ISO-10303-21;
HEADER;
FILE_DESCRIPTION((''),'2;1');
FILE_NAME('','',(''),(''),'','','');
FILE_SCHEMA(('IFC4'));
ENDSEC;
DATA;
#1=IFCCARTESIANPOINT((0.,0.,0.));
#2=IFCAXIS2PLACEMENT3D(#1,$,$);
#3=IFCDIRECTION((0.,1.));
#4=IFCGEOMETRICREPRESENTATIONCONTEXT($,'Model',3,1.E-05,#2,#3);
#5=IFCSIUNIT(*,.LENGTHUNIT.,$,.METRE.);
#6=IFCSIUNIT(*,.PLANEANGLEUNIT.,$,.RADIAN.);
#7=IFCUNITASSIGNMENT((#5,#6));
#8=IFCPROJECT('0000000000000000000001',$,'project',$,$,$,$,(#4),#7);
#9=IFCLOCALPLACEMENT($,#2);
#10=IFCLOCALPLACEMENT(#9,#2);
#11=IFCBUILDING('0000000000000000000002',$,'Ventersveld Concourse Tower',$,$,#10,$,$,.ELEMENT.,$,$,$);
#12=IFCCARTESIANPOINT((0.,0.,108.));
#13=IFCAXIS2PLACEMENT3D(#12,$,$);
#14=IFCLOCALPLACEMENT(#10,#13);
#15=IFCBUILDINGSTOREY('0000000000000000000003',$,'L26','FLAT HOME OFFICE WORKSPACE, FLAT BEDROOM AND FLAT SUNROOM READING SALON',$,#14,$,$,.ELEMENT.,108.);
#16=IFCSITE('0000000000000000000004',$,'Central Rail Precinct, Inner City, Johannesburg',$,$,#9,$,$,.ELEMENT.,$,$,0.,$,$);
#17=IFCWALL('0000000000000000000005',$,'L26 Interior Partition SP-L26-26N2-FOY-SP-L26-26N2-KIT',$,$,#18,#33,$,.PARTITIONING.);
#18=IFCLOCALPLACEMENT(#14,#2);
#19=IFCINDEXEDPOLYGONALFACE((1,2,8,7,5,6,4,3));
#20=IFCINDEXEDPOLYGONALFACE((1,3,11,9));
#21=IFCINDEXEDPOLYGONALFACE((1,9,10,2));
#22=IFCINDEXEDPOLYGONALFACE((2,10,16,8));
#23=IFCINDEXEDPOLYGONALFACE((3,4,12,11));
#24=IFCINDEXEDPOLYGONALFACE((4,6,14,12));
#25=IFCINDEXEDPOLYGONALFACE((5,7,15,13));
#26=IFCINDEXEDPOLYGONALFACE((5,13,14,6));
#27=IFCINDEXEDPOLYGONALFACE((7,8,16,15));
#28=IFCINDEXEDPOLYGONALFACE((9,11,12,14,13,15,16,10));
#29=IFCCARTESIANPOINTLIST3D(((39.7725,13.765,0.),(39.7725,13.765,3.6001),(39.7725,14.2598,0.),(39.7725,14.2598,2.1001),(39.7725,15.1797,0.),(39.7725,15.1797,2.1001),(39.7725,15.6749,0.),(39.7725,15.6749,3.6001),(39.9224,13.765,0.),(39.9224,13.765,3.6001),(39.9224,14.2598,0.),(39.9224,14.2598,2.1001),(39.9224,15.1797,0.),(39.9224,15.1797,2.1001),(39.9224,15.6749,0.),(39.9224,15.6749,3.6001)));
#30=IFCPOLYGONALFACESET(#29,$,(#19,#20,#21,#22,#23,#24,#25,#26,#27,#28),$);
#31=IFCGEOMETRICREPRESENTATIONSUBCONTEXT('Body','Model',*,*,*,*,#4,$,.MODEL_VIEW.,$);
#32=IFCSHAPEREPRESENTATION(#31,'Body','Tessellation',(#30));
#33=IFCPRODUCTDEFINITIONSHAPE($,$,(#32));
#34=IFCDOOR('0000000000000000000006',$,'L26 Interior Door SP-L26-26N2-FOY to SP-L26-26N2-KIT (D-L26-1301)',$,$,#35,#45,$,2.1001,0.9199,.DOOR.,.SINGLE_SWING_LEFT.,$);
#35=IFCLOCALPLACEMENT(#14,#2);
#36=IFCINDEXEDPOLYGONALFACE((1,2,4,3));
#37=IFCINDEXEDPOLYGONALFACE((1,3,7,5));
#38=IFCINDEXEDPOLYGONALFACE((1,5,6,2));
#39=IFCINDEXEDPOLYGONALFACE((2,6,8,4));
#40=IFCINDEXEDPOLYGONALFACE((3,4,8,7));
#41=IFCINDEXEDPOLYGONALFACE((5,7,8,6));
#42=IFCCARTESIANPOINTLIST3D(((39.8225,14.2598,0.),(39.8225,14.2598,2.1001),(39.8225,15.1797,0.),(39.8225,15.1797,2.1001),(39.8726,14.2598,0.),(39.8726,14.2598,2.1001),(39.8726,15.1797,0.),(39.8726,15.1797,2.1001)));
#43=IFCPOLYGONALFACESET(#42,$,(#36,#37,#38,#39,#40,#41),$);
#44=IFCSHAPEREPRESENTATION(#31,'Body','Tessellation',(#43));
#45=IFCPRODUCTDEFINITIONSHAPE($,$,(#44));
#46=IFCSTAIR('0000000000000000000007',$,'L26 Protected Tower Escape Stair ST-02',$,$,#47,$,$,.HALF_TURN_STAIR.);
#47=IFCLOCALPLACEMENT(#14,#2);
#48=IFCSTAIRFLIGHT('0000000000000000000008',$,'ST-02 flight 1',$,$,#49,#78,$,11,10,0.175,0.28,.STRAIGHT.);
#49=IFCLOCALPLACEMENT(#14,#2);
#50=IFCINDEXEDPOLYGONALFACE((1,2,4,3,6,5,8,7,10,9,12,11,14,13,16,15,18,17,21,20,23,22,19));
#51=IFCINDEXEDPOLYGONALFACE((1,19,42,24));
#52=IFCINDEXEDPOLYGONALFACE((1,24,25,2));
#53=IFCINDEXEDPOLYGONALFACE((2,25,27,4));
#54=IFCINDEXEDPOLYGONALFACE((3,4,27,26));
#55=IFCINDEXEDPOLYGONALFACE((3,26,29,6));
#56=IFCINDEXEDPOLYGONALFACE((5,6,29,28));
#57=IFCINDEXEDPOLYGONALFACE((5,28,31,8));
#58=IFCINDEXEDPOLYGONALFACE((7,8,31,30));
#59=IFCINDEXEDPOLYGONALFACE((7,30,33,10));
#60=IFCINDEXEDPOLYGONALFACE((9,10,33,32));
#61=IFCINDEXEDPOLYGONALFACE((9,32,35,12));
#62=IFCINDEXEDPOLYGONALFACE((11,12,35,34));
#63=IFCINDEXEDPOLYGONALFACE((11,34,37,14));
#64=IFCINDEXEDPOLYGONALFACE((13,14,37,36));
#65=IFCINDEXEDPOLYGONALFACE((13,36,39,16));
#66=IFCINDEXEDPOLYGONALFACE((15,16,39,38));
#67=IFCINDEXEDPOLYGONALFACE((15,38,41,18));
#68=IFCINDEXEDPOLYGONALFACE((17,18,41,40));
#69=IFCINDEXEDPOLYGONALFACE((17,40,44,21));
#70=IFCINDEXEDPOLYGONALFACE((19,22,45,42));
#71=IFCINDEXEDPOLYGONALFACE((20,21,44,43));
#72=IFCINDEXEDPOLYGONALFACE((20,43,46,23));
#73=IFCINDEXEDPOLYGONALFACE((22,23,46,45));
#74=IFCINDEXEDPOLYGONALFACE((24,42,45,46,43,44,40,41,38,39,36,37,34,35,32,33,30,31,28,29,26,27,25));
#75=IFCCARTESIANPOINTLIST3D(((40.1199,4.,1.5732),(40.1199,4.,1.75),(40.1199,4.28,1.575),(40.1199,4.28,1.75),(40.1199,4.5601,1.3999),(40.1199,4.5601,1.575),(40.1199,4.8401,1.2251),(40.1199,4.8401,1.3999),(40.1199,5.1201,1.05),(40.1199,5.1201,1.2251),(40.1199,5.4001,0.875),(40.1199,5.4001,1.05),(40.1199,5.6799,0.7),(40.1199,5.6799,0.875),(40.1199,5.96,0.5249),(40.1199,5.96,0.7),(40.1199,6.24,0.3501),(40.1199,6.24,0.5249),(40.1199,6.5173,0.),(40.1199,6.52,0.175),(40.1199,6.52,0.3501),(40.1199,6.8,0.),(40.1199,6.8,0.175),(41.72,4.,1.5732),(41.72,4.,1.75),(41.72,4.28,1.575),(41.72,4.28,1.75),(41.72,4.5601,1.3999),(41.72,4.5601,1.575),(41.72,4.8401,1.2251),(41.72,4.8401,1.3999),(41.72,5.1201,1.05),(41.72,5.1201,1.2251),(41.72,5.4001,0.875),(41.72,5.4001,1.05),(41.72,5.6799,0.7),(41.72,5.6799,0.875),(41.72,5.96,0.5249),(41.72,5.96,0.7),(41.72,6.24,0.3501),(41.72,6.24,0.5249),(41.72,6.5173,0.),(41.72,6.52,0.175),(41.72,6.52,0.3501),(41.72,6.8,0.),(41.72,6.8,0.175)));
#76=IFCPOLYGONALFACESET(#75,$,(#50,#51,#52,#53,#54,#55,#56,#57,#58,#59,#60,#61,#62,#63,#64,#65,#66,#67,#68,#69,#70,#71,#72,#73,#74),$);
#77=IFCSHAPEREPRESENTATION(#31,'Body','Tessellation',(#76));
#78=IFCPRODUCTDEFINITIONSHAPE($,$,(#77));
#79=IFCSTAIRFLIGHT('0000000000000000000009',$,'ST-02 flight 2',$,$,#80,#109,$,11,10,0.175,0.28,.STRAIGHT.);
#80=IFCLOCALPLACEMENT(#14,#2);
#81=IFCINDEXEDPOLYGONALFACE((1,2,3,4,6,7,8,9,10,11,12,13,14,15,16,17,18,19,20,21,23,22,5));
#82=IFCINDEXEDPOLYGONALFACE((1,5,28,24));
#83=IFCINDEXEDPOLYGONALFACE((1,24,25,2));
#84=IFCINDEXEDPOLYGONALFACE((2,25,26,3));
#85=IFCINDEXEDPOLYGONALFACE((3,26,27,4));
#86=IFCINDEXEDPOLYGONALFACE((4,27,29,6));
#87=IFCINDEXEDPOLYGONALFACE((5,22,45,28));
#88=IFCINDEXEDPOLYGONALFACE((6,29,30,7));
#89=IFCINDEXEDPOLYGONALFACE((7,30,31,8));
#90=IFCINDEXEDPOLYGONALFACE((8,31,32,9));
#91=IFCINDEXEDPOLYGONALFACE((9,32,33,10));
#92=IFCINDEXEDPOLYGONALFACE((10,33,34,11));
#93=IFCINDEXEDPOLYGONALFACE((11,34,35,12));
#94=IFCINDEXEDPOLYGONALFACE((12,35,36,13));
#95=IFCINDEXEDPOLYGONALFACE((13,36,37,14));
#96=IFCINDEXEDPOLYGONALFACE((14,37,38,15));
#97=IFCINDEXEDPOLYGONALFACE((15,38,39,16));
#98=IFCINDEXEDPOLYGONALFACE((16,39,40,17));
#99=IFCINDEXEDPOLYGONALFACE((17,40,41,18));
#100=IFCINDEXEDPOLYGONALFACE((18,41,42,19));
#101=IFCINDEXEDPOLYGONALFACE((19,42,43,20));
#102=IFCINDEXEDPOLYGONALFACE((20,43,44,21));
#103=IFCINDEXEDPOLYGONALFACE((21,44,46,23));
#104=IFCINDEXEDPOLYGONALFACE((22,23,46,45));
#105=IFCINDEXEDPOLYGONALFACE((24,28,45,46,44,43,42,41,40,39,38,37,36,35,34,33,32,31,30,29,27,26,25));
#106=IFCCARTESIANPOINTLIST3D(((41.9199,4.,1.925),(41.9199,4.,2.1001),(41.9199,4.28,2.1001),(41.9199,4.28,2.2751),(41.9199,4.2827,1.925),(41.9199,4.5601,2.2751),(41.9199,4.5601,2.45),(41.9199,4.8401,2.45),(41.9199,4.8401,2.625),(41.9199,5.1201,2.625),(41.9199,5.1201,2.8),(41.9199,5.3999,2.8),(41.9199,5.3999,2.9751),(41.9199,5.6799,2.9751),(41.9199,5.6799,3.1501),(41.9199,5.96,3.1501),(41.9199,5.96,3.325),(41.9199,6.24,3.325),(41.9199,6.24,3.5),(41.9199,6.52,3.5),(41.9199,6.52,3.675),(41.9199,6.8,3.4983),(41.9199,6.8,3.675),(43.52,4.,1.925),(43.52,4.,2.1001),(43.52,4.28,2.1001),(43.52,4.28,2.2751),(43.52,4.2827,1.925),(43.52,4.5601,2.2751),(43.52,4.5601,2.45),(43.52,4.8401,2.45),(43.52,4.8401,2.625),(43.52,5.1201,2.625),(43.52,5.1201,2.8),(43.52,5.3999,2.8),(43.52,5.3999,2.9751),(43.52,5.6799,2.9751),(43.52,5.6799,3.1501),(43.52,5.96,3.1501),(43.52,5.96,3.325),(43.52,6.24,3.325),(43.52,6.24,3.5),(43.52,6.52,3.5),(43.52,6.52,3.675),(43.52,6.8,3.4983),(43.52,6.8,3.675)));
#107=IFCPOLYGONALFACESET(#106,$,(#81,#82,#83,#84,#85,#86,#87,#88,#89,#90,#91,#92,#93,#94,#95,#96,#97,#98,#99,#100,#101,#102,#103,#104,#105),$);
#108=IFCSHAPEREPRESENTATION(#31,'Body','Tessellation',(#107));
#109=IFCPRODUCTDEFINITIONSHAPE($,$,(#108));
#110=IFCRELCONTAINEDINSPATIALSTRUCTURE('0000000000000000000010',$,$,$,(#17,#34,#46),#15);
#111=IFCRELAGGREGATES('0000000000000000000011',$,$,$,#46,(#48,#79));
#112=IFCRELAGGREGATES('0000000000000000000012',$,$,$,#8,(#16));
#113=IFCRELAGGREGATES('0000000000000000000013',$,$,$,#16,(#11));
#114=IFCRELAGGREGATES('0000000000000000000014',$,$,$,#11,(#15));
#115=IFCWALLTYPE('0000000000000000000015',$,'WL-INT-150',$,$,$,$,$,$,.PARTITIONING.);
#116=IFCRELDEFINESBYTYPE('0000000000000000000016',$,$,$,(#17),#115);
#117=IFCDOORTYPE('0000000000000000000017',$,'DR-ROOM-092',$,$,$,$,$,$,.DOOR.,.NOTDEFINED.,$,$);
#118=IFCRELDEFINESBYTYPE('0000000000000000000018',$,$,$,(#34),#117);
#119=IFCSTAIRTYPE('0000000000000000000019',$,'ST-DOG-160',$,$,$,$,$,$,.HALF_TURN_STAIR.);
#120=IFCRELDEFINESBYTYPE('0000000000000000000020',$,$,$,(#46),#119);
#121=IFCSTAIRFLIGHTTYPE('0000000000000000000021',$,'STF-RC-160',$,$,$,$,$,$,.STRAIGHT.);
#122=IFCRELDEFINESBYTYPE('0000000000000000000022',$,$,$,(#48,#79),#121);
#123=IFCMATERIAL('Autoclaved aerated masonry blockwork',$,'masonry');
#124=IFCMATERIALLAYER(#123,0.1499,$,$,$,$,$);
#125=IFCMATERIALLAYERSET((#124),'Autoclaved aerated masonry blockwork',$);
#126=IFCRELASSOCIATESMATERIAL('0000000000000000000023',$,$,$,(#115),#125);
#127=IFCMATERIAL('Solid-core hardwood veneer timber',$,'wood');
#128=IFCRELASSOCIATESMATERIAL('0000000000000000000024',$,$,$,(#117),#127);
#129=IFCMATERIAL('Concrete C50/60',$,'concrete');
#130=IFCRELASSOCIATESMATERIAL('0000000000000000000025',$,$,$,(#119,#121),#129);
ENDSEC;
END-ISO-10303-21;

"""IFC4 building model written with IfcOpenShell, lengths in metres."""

from ifc_helpers import new_model, si_unit, direction, frame, frame_2d, origin, place, context, subcontext, project, spatial, polyline, rectangle, outline, extrude, material, layer, layer_set, type_object, element, fill, aggregate, save


model = new_model("IFC4")

# Units and contexts
model_context = context("Model", 3, precision=1e-05, world=origin(), true_north=direction((0.0, 1.0)))
body_context = subcontext(model_context, "Body", "Model", "MODEL_VIEW")
ifc_project = project(units=[si_unit("LENGTHUNIT", "METRE"), si_unit("PLANEANGLEUNIT", "RADIAN")], contexts=[model_context])

# Site, building, storey
site_placement = place(None, origin())
site = spatial("IfcSite", under=ifc_project, at=site_placement, Name="Central Rail Precinct, Inner City, Johannesburg", CompositionType="ELEMENT", RefElevation=0.0)
building_placement = place(site_placement, origin())
building = spatial("IfcBuilding", under=site, at=building_placement, Name="Ventersveld Concourse Tower", CompositionType="ELEMENT")
storey_placement = place(building_placement, frame((0.0, 0.0, 108.0)))
storey = spatial("IfcBuildingStorey", under=building, at=storey_placement, Name="L26", Description="FLAT HOME OFFICE WORKSPACE, FLAT BEDROOM AND FLAT SUNROOM READING SALON", CompositionType="ELEMENT", Elevation=108.0)

# Wall, opening, door
ifc_material_1 = material(Name="Autoclaved aerated masonry blockwork", Category="masonry")
ifc_layer_1 = layer(ifc_material_1, 0.1499)
ifc_layer_set_1 = layer_set([ifc_layer_1], Name="Autoclaved aerated masonry blockwork")
wall_type_1 = type_object("IfcWallType", Name="WL-INT-150", PredefinedType="PARTITIONING", material=ifc_layer_set_1)
wall_1_placement = place(storey_placement, frame((39.8474, 13.7649, 0.0), z_axis=(0.0, 0.0, 1.0), x_axis=(0.0, 1.0, 0.0)))
wall_1 = element("IfcWall", 1, at=wall_1_placement, inside=storey, type_object=wall_type_1, Name="L26 Interior Partition SP-L26-26N2-FOY-SP-L26-26N2-KIT", PredefinedType="PARTITIONING", context=body_context, shape_type="SweptSolid", body=[
    extrude(rectangle(XDim=1.9099, YDim=0.1499, at=frame_2d((0.9551, 0.0))), origin(), (0.0, 0.0, 1.0), 3.6001),
])
opening_1_placement = place(wall_1_placement, frame((0.4949, 0.0, 0.0)))
opening_1 = element("IfcOpeningElement", 2, at=opening_1_placement, cuts=wall_1, PredefinedType="OPENING", context=body_context, shape_type="SweptSolid", body=[
    extrude(rectangle(XDim=0.9199, YDim=2.1001, at=frame_2d((0.46, 1.05))), frame((0.0, 0.085, 0.0), z_axis=(0.0, -1.0, 0.0), x_axis=(1.0, 0.0, 0.0)), (0.0, 0.0, 1.0), 0.1699),
])
ifc_material_2 = material(Name="Solid-core hardwood veneer timber", Category="wood")
door_type_1 = type_object("IfcDoorType", Name="DR-ROOM-092", OperationType="NOTDEFINED", PredefinedType="DOOR", material=ifc_material_2)
door_1_placement = place(opening_1_placement, origin())
door_1 = element("IfcDoor", 3, at=door_1_placement, inside=storey, type_object=door_type_1, Name="L26 Interior Door SP-L26-26N2-FOY to SP-L26-26N2-KIT (D-L26-1301)", OperationType="SINGLE_SWING_LEFT", OverallHeight=2.1001, OverallWidth=0.9199, PredefinedType="DOOR", context=body_context, shape_type="SweptSolid", body=[
    extrude(rectangle(XDim=0.9199, YDim=2.1001, at=frame_2d((0.46, 1.05))), frame((0.0, 0.0249, 0.0), z_axis=(0.0, -1.0, 0.0), x_axis=(1.0, 0.0, 0.0)), (0.0, 0.0, 1.0), 0.05),
])
fill(opening_1, door_1)

# Stair, stair flights
ifc_material_3 = material(Name="Concrete C50/60", Category="concrete")
stair_type = type_object("IfcStairType", Name="ST-DOG-160", PredefinedType="HALF_TURN_STAIR", material=ifc_material_3)
stair_placement = place(storey_placement, origin())
stair = element("IfcStair", 4, at=stair_placement, inside=storey, type_object=stair_type, Name="L26 Protected Tower Escape Stair ST-02", PredefinedType="HALF_TURN_STAIR")
stair_flight_type = type_object("IfcStairFlightType", Name="STF-RC-160", PredefinedType="STRAIGHT", material=ifc_material_3)
stair_flight_1_placement = place(storey_placement, frame((40.9199, 6.8, 0.0), z_axis=(0.0, 0.0, 1.0), x_axis=(0.0, -1.0, 0.0)))
stair_flight_1 = element("IfcStairFlight", 5, at=stair_flight_1_placement, type_object=stair_flight_type, Name="ST-02 flight 1", NumberOfRisers=11, NumberOfTreads=10, PredefinedType="STRAIGHT", RiserHeight=0.175, TreadLength=0.28, context=body_context, shape_type="SweptSolid", body=[
    extrude(outline(polyline([(0.0, 0.0), (0.0, 0.175), (0.28, 0.175), (0.28, 0.3501), (0.5601, 0.3501), (0.5601, 0.5249), (0.8401, 0.5249), (0.8401, 0.7), (1.1201, 0.7), (1.1201, 0.875), (1.3999, 0.875), (1.3999, 1.05), (1.6799, 1.05), (1.6799, 1.2251), (1.96, 1.2251), (1.96, 1.3999), (2.24, 1.3999), (2.24, 1.575), (2.52, 1.575), (2.52, 1.75), (2.8, 1.75), (2.8, 1.925), (2.8, 1.5732), (0.2827, 0.0), (0.0, 0.0)])), frame((0.0, 0.8, 0.0), z_axis=(0.0, -1.0, 0.0), x_axis=(1.0, 0.0, 0.0)), (0.0, 0.0, 1.0), 1.6001),
])
stair_flight_2_placement = place(storey_placement, frame((42.72, 4.0, 1.925), z_axis=(0.0, 0.0, 1.0), x_axis=(0.0, 1.0, 0.0)))
stair_flight_2 = element("IfcStairFlight", 6, at=stair_flight_2_placement, type_object=stair_flight_type, Name="ST-02 flight 2", NumberOfRisers=11, NumberOfTreads=10, PredefinedType="STRAIGHT", RiserHeight=0.175, TreadLength=0.28, context=body_context, shape_type="SweptSolid", body=[
    extrude(outline(polyline([(0.0, 0.0), (0.0, 0.175), (0.28, 0.175), (0.28, 0.3501), (0.5601, 0.3501), (0.5601, 0.5249), (0.8401, 0.5249), (0.8401, 0.7), (1.1201, 0.7), (1.1201, 0.875), (1.3999, 0.875), (1.3999, 1.05), (1.6799, 1.05), (1.6799, 1.2251), (1.96, 1.2251), (1.96, 1.3999), (2.24, 1.3999), (2.24, 1.575), (2.52, 1.575), (2.52, 1.75), (2.8, 1.75), (2.8, 1.925), (2.8, 1.5732), (0.2827, 0.0), (0.0, 0.0)])), frame((0.0, 0.8, 0.0), z_axis=(0.0, -1.0, 0.0), x_axis=(1.0, 0.0, 0.0)), (0.0, 0.0, 1.0), 1.6001),
])
aggregate(stair, [stair_flight_1, stair_flight_2])

save(model, "model.ifc")
